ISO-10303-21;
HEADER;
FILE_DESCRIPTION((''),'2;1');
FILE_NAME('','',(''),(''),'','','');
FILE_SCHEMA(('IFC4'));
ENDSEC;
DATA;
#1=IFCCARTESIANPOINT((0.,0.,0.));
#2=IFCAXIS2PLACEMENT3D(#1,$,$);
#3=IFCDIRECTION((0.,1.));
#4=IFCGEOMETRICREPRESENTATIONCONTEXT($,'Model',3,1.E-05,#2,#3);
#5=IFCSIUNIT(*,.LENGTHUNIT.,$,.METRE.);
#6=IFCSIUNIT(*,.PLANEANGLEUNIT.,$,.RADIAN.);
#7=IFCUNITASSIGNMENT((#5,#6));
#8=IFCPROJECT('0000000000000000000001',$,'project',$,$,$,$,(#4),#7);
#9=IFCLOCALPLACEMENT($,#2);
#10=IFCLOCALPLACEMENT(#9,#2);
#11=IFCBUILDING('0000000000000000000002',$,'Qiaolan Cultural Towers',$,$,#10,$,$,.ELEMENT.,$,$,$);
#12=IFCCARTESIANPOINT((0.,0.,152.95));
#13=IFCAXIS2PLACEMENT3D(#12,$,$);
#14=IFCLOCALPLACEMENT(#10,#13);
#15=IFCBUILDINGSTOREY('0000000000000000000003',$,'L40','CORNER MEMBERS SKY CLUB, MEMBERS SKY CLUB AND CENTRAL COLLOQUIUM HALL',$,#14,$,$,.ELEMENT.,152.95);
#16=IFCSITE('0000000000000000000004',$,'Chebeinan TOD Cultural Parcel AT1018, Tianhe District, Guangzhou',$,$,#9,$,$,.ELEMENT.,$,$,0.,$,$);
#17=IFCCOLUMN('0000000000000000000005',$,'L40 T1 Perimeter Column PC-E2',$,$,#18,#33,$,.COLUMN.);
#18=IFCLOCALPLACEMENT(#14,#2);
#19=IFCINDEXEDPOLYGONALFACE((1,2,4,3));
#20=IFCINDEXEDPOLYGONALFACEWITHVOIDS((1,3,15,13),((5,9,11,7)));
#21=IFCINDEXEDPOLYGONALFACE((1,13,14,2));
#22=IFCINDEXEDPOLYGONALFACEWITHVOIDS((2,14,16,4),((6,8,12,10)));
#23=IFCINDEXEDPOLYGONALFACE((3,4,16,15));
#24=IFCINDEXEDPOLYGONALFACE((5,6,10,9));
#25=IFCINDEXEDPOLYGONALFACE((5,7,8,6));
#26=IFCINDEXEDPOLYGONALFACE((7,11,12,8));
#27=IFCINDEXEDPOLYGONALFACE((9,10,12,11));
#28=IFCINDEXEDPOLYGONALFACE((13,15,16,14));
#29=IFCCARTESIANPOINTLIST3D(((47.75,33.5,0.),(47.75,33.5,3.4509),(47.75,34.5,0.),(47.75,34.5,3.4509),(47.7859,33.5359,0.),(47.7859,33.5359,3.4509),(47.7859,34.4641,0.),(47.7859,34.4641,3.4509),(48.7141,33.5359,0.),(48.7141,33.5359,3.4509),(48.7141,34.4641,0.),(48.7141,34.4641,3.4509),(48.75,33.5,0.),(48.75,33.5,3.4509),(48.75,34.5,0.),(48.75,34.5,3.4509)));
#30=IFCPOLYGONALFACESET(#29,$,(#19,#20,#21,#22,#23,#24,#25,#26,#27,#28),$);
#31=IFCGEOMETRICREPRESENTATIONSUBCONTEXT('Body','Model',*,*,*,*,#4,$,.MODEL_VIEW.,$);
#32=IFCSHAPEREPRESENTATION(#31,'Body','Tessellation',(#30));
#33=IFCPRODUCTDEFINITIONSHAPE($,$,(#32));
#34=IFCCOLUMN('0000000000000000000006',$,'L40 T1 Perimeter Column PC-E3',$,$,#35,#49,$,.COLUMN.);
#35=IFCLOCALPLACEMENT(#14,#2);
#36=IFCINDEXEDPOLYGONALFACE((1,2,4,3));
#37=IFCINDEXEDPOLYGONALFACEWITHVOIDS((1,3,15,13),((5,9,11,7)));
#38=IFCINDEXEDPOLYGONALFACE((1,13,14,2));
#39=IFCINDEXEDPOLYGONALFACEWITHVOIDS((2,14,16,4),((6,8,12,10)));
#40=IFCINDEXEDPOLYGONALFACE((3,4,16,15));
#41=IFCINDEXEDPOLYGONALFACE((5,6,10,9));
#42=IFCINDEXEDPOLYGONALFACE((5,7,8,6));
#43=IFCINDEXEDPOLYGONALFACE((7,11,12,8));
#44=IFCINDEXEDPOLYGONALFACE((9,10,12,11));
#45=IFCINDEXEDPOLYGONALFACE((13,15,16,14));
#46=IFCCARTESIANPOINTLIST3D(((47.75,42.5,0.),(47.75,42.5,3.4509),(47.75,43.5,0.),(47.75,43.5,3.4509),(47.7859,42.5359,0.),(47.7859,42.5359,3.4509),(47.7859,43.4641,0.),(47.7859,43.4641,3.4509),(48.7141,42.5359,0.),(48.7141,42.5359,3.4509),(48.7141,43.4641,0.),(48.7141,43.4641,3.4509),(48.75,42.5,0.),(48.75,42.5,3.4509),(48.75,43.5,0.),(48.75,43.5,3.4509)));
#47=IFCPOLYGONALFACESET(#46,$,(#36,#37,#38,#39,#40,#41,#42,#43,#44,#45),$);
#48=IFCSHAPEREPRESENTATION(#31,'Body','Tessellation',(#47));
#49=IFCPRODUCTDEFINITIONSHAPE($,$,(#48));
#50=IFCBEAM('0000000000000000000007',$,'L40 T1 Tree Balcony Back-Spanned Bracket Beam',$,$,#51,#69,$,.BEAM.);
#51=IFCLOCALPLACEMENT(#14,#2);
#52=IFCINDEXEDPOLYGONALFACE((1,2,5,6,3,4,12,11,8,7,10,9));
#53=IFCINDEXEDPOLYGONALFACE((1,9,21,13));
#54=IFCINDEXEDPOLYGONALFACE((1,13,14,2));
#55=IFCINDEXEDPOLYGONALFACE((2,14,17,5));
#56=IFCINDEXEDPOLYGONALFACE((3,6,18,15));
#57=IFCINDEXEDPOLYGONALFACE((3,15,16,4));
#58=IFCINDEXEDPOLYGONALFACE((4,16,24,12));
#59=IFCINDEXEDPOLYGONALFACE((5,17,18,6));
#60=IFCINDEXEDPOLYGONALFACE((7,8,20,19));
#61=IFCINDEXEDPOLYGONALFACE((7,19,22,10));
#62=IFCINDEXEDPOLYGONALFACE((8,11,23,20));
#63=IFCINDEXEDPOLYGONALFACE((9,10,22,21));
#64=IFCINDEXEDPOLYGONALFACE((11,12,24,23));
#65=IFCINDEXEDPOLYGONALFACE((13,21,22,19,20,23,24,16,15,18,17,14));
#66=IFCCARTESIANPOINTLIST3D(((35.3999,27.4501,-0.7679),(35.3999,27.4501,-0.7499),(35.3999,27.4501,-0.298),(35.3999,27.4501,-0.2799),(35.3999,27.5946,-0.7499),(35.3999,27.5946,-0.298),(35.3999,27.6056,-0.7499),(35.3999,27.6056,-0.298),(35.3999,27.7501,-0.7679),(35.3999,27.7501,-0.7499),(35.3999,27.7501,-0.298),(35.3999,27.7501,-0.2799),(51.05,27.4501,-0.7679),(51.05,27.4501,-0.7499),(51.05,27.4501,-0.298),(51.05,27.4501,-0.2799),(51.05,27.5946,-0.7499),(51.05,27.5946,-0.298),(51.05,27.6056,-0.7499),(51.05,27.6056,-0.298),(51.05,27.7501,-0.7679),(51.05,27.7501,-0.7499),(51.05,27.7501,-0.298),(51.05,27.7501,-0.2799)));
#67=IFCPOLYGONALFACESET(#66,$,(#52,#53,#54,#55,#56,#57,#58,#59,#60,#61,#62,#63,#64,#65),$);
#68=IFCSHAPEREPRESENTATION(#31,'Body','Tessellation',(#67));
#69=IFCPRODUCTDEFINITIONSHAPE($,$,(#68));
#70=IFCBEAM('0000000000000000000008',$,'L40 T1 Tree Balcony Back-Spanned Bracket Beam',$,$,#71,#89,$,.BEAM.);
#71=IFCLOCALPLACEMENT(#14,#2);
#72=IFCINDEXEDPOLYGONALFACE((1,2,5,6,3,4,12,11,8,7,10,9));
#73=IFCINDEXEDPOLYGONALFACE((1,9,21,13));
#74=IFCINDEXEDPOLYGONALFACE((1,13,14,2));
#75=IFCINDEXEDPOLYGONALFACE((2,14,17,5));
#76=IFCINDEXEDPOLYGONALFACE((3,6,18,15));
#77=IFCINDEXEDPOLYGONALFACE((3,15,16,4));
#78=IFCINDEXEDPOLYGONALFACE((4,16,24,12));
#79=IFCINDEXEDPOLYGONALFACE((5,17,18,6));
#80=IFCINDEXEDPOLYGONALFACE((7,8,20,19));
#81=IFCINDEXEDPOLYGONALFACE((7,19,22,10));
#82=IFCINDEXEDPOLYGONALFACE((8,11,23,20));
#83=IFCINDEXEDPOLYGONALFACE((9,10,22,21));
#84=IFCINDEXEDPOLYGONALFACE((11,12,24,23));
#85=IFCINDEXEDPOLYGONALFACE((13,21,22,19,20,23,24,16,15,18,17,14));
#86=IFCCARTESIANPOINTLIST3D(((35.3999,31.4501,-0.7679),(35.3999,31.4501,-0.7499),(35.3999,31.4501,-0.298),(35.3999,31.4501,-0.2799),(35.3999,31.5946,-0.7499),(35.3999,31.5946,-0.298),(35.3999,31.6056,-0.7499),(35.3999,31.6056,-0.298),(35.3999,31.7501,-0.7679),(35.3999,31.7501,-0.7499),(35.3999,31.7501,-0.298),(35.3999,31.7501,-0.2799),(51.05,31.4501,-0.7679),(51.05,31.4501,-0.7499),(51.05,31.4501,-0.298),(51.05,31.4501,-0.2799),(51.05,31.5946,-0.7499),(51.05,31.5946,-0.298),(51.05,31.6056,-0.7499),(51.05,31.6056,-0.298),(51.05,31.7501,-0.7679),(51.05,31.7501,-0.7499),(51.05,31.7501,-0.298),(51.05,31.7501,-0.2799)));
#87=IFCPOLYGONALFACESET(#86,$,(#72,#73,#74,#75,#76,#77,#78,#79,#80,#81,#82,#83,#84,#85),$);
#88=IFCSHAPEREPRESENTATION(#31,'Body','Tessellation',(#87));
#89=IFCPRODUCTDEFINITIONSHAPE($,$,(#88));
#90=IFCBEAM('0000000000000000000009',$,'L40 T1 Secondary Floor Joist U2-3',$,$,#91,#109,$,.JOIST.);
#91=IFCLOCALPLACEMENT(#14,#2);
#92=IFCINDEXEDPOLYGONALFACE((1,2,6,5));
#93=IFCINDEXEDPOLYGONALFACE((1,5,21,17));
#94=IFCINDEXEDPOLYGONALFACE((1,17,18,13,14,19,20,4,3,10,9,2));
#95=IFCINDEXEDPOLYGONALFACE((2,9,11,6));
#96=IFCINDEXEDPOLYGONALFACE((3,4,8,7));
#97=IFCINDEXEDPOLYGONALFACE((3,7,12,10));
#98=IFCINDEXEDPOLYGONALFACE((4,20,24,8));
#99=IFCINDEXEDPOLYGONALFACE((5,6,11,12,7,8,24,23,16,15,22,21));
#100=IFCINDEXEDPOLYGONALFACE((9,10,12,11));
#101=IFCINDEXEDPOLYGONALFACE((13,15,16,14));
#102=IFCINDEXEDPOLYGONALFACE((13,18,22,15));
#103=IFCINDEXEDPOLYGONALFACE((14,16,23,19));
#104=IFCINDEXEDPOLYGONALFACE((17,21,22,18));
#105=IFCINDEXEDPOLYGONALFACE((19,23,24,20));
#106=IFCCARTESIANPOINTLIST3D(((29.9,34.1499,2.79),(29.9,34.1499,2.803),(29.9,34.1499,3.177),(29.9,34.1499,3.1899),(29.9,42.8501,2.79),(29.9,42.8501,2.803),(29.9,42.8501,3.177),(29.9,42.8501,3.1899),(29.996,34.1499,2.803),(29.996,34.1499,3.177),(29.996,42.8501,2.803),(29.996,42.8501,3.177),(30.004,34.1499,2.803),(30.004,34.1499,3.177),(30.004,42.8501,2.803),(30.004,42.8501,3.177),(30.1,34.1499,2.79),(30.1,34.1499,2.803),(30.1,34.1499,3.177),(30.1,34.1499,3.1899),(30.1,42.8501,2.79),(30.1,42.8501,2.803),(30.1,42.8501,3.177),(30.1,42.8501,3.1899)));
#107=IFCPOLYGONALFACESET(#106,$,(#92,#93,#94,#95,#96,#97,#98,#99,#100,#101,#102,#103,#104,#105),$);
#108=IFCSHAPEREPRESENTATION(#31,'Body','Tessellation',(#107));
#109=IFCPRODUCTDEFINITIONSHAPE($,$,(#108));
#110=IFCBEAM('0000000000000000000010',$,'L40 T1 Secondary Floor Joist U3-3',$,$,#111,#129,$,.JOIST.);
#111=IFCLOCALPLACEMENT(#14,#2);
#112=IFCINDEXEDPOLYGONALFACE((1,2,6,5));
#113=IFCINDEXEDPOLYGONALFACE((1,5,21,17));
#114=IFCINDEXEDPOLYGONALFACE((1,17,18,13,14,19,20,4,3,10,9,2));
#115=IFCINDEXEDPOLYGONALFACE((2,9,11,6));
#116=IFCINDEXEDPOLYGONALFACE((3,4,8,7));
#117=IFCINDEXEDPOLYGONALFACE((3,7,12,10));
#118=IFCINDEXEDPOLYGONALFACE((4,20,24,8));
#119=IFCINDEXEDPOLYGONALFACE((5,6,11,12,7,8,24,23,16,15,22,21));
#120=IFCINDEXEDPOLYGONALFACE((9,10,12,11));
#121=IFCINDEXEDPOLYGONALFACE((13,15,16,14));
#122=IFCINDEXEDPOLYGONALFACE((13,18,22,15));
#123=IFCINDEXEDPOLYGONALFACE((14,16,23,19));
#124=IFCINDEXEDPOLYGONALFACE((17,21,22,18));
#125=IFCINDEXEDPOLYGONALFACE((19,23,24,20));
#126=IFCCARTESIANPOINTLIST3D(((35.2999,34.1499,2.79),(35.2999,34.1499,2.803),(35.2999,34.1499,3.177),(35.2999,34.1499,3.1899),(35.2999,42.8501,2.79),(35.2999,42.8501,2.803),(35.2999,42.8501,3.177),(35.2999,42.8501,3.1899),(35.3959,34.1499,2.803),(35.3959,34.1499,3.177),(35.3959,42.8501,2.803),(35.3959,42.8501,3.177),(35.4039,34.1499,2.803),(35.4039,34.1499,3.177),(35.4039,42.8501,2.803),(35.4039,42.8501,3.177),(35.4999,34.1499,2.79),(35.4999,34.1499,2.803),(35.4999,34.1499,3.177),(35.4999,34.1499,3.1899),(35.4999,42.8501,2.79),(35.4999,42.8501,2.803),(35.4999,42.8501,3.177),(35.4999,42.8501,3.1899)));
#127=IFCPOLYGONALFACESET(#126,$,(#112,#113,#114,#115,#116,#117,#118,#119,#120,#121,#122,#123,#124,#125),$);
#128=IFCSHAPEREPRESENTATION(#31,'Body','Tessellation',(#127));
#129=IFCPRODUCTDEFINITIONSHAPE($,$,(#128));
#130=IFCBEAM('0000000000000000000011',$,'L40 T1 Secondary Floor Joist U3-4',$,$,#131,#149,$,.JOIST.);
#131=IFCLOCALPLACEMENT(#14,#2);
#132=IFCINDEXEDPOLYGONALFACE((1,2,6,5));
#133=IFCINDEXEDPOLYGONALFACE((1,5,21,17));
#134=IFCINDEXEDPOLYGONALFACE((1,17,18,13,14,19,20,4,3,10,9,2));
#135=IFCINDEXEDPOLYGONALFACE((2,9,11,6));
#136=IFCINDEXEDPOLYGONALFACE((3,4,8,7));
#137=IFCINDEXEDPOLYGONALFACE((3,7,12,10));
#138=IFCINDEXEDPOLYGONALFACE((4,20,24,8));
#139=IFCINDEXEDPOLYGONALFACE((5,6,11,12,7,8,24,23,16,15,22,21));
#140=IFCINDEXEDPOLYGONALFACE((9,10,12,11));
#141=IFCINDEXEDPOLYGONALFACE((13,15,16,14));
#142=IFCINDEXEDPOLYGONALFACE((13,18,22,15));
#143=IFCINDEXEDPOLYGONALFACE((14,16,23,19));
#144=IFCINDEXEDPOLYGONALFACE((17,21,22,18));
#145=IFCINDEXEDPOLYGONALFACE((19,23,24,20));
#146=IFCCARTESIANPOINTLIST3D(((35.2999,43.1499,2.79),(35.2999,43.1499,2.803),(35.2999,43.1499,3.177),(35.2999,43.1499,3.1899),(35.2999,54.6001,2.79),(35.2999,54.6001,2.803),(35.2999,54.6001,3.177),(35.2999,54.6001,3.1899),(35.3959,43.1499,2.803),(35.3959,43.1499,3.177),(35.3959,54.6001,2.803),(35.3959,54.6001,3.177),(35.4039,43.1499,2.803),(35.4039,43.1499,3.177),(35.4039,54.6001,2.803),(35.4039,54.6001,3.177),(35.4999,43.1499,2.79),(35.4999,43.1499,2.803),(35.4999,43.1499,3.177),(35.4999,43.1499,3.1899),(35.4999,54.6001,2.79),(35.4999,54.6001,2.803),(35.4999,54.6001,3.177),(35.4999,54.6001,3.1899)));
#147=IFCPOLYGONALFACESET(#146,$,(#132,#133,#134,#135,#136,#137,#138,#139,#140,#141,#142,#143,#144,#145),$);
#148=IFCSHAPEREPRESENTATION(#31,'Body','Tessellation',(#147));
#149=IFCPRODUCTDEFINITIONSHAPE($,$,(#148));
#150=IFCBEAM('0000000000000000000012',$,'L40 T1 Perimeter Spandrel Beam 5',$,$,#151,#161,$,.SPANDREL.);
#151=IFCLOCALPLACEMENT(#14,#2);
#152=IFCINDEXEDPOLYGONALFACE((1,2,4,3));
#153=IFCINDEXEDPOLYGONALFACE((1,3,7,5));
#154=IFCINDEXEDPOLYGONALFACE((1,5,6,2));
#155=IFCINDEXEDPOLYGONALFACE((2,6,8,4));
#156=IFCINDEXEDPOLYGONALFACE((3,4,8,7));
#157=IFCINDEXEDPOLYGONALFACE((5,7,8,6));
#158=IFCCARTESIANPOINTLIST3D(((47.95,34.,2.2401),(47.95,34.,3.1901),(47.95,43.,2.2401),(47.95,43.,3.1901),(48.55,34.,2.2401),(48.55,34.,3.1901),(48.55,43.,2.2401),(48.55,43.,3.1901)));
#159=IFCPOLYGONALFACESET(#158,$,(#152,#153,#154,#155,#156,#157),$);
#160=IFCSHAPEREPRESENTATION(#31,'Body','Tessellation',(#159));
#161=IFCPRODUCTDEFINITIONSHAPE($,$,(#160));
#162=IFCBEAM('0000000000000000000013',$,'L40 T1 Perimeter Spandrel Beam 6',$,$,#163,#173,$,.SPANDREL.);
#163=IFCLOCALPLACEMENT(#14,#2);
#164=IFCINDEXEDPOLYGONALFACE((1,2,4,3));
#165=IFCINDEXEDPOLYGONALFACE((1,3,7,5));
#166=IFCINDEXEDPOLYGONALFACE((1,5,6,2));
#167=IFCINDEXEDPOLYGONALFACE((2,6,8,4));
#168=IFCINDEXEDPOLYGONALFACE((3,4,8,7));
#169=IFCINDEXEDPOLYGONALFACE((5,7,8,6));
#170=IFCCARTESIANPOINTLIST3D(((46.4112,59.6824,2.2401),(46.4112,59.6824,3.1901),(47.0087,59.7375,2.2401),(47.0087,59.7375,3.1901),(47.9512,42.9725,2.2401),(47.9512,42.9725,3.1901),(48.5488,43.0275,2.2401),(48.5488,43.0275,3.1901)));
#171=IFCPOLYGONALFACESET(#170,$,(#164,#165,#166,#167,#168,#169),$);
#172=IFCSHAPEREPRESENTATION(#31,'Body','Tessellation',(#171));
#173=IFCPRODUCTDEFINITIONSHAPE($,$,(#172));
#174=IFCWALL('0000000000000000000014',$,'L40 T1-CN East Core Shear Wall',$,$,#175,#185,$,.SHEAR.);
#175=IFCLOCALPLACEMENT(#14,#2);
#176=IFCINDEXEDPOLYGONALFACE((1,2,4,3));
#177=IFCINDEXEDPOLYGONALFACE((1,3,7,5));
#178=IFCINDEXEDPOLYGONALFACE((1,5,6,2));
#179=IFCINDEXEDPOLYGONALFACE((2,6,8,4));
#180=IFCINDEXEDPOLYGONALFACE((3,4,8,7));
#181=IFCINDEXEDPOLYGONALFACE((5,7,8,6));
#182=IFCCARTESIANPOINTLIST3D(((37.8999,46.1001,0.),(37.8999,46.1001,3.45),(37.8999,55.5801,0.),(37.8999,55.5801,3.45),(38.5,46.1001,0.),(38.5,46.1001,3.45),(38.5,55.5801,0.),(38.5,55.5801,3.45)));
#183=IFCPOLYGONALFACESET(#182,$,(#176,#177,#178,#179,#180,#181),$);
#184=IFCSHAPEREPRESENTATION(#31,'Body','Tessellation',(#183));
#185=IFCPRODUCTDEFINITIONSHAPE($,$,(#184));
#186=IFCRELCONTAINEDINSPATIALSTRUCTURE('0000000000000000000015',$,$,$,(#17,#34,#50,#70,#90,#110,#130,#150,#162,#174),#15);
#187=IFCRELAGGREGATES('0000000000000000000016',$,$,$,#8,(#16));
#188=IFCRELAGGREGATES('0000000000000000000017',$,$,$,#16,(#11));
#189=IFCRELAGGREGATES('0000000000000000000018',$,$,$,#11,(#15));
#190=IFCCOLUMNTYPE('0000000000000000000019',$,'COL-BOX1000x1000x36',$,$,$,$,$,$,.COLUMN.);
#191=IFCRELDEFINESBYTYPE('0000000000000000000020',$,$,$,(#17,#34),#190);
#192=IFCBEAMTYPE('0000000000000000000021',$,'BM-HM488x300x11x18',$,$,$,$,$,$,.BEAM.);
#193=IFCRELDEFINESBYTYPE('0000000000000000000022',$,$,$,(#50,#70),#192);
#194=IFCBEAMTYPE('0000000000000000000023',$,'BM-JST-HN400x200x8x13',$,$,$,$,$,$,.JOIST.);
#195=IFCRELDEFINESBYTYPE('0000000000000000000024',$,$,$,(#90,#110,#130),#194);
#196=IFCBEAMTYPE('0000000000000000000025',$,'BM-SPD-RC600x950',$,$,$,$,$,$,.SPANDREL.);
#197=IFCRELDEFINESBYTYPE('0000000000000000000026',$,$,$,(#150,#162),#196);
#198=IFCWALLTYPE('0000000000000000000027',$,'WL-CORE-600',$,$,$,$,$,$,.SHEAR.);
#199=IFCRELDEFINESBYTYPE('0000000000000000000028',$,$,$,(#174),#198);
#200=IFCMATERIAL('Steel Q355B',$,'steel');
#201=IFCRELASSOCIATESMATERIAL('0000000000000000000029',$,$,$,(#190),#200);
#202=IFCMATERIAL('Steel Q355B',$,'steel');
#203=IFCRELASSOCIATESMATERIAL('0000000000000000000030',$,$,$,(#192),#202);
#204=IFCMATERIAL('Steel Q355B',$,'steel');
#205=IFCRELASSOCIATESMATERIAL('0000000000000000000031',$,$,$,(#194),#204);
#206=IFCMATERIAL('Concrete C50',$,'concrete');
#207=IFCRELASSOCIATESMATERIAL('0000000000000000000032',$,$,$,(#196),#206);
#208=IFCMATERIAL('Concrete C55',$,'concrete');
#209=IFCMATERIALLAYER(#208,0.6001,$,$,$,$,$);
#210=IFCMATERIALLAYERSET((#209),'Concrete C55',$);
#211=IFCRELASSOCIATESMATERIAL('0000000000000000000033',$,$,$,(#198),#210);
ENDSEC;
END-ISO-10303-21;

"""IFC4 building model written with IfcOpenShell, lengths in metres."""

from ifc_helpers import new_model, si_unit, direction, frame, frame_2d, origin, origin_2d, place, context, subcontext, project, spatial, rectangle, hollow_rectangle, i_section, extrude, material, layer, layer_set, material_profile, profile_set, type_object, element, save


model = new_model("IFC4")

# Units and contexts
model_context = context("Model", 3, precision=1e-05, world=origin(), true_north=direction((0.0, 1.0)))
body_context = subcontext(model_context, "Body", "Model", "MODEL_VIEW")
ifc_project = project(units=[si_unit("LENGTHUNIT", "METRE"), si_unit("PLANEANGLEUNIT", "RADIAN")], contexts=[model_context])

# Site, building, storey
site_placement = place(None, origin())
site = spatial("IfcSite", under=ifc_project, at=site_placement, Name="Chebeinan TOD Cultural Parcel AT1018, Tianhe District, Guangzhou", CompositionType="ELEMENT", RefElevation=0.0)
building_placement = place(site_placement, origin())
building = spatial("IfcBuilding", under=site, at=building_placement, Name="Qiaolan Cultural Towers", CompositionType="ELEMENT")
storey_placement = place(building_placement, frame((0.0, 0.0, 152.95)))
storey = spatial("IfcBuildingStorey", under=building, at=storey_placement, Name="L40", Description="CORNER MEMBERS SKY CLUB, MEMBERS SKY CLUB AND CENTRAL COLLOQUIUM HALL", CompositionType="ELEMENT", Elevation=152.95)

# Columns
ifc_material_1 = material(Name="Steel Q355B", Category="steel")
ifc_material_profile_1 = material_profile(ifc_material_1, hollow_rectangle(XDim=1.0, YDim=1.0, WallThickness=0.0359, at=origin_2d()), Name="BOX1000x1000x36")
ifc_profile_set_1 = profile_set([ifc_material_profile_1], Name="Steel Q355B")
column_type = type_object("IfcColumnType", Name="COL-BOX1000x1000x36", PredefinedType="COLUMN", material=ifc_profile_set_1)
for number, where, z_axis, x_axis, name in (
    (1, (48.25, 34.0, 0.0), (0.0, 0.0, 1.0), (1.0, 0.0, 0.0), "L40 T1 Perimeter Column PC-E2"),
    (2, (48.25, 43.0, 0.0), (0.0, 0.0, 1.0), (1.0, 0.0, 0.0), "L40 T1 Perimeter Column PC-E3"),
):
    element("IfcColumn", number, at=place(storey_placement, frame(where, z_axis=z_axis, x_axis=x_axis)), inside=storey, type_object=column_type, Name=name, PredefinedType="COLUMN", context=body_context, shape_type="SweptSolid", body=[
        extrude(hollow_rectangle(XDim=1.0, YDim=1.0, WallThickness=0.0359, at=origin_2d()), origin(), (0.0, 0.0, 1.0), 3.4509),
    ])

# Beams
ifc_material_2 = material(Name="Steel Q355B", Category="steel")
ifc_material_profile_2 = material_profile(ifc_material_2, i_section(OverallWidth=0.3, OverallDepth=0.488, WebThickness=0.011, FlangeThickness=0.0181, at=origin_2d()), Name="HM488x300x11x18")
ifc_profile_set_2 = profile_set([ifc_material_profile_2], Name="Steel Q355B")
beam_type_1 = type_object("IfcBeamType", Name="BM-HM488x300x11x18", PredefinedType="BEAM", material=ifc_profile_set_2)
for number, where, z_axis, x_axis, name in (
    (3, (35.3999, 27.6001, -0.5239), (1.0, 0.0, 0.0), (0.0, 1.0, 0.0), "L40 T1 Tree Balcony Back-Spanned Bracket Beam"),
    (4, (35.3999, 31.6001, -0.5239), (1.0, 0.0, 0.0), (0.0, 1.0, 0.0), "L40 T1 Tree Balcony Back-Spanned Bracket Beam"),
):
    element("IfcBeam", number, at=place(storey_placement, frame(where, z_axis=z_axis, x_axis=x_axis)), inside=storey, type_object=beam_type_1, Name=name, PredefinedType="BEAM", context=body_context, shape_type="SweptSolid", body=[
        extrude(i_section(OverallWidth=0.3, OverallDepth=0.488, WebThickness=0.011, FlangeThickness=0.0181, at=origin_2d()), origin(), (0.0, 0.0, 1.0), 15.6501),
    ])
ifc_material_3 = material(Name="Steel Q355B", Category="steel")
ifc_material_profile_3 = material_profile(ifc_material_3, i_section(OverallWidth=0.2, OverallDepth=0.3999, WebThickness=0.0081, FlangeThickness=0.0129, at=origin_2d()), Name="HN400x200x8x13")
ifc_profile_set_3 = profile_set([ifc_material_profile_3], Name="Steel Q355B")
beam_type_2 = type_object("IfcBeamType", Name="BM-JST-HN400x200x8x13", PredefinedType="JOIST", material=ifc_profile_set_3)
for number, where, z_axis, x_axis, name in (
    (5, (30.0, 34.1499, 2.99), (0.0, 1.0, 0.0), (-1.0, 0.0, 0.0), "L40 T1 Secondary Floor Joist U2-3"),
    (6, (35.3999, 34.1499, 2.99), (0.0, 1.0, 0.0), (-1.0, 0.0, 0.0), "L40 T1 Secondary Floor Joist U3-3"),
):
    element("IfcBeam", number, at=place(storey_placement, frame(where, z_axis=z_axis, x_axis=x_axis)), inside=storey, type_object=beam_type_2, Name=name, PredefinedType="JOIST", context=body_context, shape_type="SweptSolid", body=[
        extrude(i_section(OverallWidth=0.2, OverallDepth=0.3999, WebThickness=0.0081, FlangeThickness=0.0129, at=origin_2d()), origin(), (0.0, 0.0, 1.0), 8.7002),
    ])
beam_1_placement = place(storey_placement, frame((35.3999, 43.1499, 2.99), z_axis=(0.0, 1.0, 0.0), x_axis=(-1.0, 0.0, 0.0)))
element("IfcBeam", 7, at=beam_1_placement, inside=storey, type_object=beam_type_2, Name="L40 T1 Secondary Floor Joist U3-4", PredefinedType="JOIST", context=body_context, shape_type="SweptSolid", body=[
    extrude(i_section(OverallWidth=0.2, OverallDepth=0.3999, WebThickness=0.0081, FlangeThickness=0.0129, at=origin_2d()), origin(), (0.0, 0.0, 1.0), 11.4502),
])
ifc_material_4 = material(Name="Concrete C50", Category="concrete")
ifc_material_profile_4 = material_profile(ifc_material_4, rectangle(XDim=0.6001, YDim=0.95, at=origin_2d()), Name="RC600x950")
ifc_profile_set_4 = profile_set([ifc_material_profile_4], Name="Concrete C50")
beam_type_3 = type_object("IfcBeamType", Name="BM-SPD-RC600x950", PredefinedType="SPANDREL", material=ifc_profile_set_4)
beam_2_placement = place(storey_placement, frame((48.25, 34.0, 2.7151), z_axis=(0.0, 1.0, 0.0), x_axis=(-1.0, 0.0, 0.0)))
element("IfcBeam", 8, at=beam_2_placement, inside=storey, type_object=beam_type_3, Name="L40 T1 Perimeter Spandrel Beam 5", PredefinedType="SPANDREL", context=body_context, shape_type="SweptSolid", body=[
    extrude(rectangle(XDim=0.6001, YDim=0.95, at=origin_2d()), origin(), (0.0, 0.0, 1.0), 9.0),
])
beam_3_placement = place(storey_placement, frame((48.25, 43.0, 2.7151), z_axis=(-0.091774, 0.99578, 0.0), x_axis=(-0.99578, -0.091774, 0.0)))
element("IfcBeam", 9, at=beam_3_placement, inside=storey, type_object=beam_type_3, Name="L40 T1 Perimeter Spandrel Beam 6", PredefinedType="SPANDREL", context=body_context, shape_type="SweptSolid", body=[
    extrude(rectangle(XDim=0.6001, YDim=0.95, at=origin_2d()), origin(), (0.0, 0.0, 1.0), 16.7808),
])

# Wall
ifc_material_5 = material(Name="Concrete C55", Category="concrete")
ifc_layer_1 = layer(ifc_material_5, 0.6001)
ifc_layer_set_1 = layer_set([ifc_layer_1], Name="Concrete C55")
wall_type_1 = type_object("IfcWallType", Name="WL-CORE-600", PredefinedType="SHEAR", material=ifc_layer_set_1)
wall_1_placement = place(storey_placement, frame((38.2, 46.1001, 0.0), z_axis=(0.0, 0.0, 1.0), x_axis=(0.0, 1.0, 0.0)))
element("IfcWall", 10, at=wall_1_placement, inside=storey, type_object=wall_type_1, Name="L40 T1-CN East Core Shear Wall", PredefinedType="SHEAR", context=body_context, shape_type="SweptSolid", body=[
    extrude(rectangle(XDim=9.48, YDim=0.6001, at=frame_2d((4.74, 0.0))), origin(), (0.0, 0.0, 1.0), 3.45),
])

save(model, "model.ifc")
